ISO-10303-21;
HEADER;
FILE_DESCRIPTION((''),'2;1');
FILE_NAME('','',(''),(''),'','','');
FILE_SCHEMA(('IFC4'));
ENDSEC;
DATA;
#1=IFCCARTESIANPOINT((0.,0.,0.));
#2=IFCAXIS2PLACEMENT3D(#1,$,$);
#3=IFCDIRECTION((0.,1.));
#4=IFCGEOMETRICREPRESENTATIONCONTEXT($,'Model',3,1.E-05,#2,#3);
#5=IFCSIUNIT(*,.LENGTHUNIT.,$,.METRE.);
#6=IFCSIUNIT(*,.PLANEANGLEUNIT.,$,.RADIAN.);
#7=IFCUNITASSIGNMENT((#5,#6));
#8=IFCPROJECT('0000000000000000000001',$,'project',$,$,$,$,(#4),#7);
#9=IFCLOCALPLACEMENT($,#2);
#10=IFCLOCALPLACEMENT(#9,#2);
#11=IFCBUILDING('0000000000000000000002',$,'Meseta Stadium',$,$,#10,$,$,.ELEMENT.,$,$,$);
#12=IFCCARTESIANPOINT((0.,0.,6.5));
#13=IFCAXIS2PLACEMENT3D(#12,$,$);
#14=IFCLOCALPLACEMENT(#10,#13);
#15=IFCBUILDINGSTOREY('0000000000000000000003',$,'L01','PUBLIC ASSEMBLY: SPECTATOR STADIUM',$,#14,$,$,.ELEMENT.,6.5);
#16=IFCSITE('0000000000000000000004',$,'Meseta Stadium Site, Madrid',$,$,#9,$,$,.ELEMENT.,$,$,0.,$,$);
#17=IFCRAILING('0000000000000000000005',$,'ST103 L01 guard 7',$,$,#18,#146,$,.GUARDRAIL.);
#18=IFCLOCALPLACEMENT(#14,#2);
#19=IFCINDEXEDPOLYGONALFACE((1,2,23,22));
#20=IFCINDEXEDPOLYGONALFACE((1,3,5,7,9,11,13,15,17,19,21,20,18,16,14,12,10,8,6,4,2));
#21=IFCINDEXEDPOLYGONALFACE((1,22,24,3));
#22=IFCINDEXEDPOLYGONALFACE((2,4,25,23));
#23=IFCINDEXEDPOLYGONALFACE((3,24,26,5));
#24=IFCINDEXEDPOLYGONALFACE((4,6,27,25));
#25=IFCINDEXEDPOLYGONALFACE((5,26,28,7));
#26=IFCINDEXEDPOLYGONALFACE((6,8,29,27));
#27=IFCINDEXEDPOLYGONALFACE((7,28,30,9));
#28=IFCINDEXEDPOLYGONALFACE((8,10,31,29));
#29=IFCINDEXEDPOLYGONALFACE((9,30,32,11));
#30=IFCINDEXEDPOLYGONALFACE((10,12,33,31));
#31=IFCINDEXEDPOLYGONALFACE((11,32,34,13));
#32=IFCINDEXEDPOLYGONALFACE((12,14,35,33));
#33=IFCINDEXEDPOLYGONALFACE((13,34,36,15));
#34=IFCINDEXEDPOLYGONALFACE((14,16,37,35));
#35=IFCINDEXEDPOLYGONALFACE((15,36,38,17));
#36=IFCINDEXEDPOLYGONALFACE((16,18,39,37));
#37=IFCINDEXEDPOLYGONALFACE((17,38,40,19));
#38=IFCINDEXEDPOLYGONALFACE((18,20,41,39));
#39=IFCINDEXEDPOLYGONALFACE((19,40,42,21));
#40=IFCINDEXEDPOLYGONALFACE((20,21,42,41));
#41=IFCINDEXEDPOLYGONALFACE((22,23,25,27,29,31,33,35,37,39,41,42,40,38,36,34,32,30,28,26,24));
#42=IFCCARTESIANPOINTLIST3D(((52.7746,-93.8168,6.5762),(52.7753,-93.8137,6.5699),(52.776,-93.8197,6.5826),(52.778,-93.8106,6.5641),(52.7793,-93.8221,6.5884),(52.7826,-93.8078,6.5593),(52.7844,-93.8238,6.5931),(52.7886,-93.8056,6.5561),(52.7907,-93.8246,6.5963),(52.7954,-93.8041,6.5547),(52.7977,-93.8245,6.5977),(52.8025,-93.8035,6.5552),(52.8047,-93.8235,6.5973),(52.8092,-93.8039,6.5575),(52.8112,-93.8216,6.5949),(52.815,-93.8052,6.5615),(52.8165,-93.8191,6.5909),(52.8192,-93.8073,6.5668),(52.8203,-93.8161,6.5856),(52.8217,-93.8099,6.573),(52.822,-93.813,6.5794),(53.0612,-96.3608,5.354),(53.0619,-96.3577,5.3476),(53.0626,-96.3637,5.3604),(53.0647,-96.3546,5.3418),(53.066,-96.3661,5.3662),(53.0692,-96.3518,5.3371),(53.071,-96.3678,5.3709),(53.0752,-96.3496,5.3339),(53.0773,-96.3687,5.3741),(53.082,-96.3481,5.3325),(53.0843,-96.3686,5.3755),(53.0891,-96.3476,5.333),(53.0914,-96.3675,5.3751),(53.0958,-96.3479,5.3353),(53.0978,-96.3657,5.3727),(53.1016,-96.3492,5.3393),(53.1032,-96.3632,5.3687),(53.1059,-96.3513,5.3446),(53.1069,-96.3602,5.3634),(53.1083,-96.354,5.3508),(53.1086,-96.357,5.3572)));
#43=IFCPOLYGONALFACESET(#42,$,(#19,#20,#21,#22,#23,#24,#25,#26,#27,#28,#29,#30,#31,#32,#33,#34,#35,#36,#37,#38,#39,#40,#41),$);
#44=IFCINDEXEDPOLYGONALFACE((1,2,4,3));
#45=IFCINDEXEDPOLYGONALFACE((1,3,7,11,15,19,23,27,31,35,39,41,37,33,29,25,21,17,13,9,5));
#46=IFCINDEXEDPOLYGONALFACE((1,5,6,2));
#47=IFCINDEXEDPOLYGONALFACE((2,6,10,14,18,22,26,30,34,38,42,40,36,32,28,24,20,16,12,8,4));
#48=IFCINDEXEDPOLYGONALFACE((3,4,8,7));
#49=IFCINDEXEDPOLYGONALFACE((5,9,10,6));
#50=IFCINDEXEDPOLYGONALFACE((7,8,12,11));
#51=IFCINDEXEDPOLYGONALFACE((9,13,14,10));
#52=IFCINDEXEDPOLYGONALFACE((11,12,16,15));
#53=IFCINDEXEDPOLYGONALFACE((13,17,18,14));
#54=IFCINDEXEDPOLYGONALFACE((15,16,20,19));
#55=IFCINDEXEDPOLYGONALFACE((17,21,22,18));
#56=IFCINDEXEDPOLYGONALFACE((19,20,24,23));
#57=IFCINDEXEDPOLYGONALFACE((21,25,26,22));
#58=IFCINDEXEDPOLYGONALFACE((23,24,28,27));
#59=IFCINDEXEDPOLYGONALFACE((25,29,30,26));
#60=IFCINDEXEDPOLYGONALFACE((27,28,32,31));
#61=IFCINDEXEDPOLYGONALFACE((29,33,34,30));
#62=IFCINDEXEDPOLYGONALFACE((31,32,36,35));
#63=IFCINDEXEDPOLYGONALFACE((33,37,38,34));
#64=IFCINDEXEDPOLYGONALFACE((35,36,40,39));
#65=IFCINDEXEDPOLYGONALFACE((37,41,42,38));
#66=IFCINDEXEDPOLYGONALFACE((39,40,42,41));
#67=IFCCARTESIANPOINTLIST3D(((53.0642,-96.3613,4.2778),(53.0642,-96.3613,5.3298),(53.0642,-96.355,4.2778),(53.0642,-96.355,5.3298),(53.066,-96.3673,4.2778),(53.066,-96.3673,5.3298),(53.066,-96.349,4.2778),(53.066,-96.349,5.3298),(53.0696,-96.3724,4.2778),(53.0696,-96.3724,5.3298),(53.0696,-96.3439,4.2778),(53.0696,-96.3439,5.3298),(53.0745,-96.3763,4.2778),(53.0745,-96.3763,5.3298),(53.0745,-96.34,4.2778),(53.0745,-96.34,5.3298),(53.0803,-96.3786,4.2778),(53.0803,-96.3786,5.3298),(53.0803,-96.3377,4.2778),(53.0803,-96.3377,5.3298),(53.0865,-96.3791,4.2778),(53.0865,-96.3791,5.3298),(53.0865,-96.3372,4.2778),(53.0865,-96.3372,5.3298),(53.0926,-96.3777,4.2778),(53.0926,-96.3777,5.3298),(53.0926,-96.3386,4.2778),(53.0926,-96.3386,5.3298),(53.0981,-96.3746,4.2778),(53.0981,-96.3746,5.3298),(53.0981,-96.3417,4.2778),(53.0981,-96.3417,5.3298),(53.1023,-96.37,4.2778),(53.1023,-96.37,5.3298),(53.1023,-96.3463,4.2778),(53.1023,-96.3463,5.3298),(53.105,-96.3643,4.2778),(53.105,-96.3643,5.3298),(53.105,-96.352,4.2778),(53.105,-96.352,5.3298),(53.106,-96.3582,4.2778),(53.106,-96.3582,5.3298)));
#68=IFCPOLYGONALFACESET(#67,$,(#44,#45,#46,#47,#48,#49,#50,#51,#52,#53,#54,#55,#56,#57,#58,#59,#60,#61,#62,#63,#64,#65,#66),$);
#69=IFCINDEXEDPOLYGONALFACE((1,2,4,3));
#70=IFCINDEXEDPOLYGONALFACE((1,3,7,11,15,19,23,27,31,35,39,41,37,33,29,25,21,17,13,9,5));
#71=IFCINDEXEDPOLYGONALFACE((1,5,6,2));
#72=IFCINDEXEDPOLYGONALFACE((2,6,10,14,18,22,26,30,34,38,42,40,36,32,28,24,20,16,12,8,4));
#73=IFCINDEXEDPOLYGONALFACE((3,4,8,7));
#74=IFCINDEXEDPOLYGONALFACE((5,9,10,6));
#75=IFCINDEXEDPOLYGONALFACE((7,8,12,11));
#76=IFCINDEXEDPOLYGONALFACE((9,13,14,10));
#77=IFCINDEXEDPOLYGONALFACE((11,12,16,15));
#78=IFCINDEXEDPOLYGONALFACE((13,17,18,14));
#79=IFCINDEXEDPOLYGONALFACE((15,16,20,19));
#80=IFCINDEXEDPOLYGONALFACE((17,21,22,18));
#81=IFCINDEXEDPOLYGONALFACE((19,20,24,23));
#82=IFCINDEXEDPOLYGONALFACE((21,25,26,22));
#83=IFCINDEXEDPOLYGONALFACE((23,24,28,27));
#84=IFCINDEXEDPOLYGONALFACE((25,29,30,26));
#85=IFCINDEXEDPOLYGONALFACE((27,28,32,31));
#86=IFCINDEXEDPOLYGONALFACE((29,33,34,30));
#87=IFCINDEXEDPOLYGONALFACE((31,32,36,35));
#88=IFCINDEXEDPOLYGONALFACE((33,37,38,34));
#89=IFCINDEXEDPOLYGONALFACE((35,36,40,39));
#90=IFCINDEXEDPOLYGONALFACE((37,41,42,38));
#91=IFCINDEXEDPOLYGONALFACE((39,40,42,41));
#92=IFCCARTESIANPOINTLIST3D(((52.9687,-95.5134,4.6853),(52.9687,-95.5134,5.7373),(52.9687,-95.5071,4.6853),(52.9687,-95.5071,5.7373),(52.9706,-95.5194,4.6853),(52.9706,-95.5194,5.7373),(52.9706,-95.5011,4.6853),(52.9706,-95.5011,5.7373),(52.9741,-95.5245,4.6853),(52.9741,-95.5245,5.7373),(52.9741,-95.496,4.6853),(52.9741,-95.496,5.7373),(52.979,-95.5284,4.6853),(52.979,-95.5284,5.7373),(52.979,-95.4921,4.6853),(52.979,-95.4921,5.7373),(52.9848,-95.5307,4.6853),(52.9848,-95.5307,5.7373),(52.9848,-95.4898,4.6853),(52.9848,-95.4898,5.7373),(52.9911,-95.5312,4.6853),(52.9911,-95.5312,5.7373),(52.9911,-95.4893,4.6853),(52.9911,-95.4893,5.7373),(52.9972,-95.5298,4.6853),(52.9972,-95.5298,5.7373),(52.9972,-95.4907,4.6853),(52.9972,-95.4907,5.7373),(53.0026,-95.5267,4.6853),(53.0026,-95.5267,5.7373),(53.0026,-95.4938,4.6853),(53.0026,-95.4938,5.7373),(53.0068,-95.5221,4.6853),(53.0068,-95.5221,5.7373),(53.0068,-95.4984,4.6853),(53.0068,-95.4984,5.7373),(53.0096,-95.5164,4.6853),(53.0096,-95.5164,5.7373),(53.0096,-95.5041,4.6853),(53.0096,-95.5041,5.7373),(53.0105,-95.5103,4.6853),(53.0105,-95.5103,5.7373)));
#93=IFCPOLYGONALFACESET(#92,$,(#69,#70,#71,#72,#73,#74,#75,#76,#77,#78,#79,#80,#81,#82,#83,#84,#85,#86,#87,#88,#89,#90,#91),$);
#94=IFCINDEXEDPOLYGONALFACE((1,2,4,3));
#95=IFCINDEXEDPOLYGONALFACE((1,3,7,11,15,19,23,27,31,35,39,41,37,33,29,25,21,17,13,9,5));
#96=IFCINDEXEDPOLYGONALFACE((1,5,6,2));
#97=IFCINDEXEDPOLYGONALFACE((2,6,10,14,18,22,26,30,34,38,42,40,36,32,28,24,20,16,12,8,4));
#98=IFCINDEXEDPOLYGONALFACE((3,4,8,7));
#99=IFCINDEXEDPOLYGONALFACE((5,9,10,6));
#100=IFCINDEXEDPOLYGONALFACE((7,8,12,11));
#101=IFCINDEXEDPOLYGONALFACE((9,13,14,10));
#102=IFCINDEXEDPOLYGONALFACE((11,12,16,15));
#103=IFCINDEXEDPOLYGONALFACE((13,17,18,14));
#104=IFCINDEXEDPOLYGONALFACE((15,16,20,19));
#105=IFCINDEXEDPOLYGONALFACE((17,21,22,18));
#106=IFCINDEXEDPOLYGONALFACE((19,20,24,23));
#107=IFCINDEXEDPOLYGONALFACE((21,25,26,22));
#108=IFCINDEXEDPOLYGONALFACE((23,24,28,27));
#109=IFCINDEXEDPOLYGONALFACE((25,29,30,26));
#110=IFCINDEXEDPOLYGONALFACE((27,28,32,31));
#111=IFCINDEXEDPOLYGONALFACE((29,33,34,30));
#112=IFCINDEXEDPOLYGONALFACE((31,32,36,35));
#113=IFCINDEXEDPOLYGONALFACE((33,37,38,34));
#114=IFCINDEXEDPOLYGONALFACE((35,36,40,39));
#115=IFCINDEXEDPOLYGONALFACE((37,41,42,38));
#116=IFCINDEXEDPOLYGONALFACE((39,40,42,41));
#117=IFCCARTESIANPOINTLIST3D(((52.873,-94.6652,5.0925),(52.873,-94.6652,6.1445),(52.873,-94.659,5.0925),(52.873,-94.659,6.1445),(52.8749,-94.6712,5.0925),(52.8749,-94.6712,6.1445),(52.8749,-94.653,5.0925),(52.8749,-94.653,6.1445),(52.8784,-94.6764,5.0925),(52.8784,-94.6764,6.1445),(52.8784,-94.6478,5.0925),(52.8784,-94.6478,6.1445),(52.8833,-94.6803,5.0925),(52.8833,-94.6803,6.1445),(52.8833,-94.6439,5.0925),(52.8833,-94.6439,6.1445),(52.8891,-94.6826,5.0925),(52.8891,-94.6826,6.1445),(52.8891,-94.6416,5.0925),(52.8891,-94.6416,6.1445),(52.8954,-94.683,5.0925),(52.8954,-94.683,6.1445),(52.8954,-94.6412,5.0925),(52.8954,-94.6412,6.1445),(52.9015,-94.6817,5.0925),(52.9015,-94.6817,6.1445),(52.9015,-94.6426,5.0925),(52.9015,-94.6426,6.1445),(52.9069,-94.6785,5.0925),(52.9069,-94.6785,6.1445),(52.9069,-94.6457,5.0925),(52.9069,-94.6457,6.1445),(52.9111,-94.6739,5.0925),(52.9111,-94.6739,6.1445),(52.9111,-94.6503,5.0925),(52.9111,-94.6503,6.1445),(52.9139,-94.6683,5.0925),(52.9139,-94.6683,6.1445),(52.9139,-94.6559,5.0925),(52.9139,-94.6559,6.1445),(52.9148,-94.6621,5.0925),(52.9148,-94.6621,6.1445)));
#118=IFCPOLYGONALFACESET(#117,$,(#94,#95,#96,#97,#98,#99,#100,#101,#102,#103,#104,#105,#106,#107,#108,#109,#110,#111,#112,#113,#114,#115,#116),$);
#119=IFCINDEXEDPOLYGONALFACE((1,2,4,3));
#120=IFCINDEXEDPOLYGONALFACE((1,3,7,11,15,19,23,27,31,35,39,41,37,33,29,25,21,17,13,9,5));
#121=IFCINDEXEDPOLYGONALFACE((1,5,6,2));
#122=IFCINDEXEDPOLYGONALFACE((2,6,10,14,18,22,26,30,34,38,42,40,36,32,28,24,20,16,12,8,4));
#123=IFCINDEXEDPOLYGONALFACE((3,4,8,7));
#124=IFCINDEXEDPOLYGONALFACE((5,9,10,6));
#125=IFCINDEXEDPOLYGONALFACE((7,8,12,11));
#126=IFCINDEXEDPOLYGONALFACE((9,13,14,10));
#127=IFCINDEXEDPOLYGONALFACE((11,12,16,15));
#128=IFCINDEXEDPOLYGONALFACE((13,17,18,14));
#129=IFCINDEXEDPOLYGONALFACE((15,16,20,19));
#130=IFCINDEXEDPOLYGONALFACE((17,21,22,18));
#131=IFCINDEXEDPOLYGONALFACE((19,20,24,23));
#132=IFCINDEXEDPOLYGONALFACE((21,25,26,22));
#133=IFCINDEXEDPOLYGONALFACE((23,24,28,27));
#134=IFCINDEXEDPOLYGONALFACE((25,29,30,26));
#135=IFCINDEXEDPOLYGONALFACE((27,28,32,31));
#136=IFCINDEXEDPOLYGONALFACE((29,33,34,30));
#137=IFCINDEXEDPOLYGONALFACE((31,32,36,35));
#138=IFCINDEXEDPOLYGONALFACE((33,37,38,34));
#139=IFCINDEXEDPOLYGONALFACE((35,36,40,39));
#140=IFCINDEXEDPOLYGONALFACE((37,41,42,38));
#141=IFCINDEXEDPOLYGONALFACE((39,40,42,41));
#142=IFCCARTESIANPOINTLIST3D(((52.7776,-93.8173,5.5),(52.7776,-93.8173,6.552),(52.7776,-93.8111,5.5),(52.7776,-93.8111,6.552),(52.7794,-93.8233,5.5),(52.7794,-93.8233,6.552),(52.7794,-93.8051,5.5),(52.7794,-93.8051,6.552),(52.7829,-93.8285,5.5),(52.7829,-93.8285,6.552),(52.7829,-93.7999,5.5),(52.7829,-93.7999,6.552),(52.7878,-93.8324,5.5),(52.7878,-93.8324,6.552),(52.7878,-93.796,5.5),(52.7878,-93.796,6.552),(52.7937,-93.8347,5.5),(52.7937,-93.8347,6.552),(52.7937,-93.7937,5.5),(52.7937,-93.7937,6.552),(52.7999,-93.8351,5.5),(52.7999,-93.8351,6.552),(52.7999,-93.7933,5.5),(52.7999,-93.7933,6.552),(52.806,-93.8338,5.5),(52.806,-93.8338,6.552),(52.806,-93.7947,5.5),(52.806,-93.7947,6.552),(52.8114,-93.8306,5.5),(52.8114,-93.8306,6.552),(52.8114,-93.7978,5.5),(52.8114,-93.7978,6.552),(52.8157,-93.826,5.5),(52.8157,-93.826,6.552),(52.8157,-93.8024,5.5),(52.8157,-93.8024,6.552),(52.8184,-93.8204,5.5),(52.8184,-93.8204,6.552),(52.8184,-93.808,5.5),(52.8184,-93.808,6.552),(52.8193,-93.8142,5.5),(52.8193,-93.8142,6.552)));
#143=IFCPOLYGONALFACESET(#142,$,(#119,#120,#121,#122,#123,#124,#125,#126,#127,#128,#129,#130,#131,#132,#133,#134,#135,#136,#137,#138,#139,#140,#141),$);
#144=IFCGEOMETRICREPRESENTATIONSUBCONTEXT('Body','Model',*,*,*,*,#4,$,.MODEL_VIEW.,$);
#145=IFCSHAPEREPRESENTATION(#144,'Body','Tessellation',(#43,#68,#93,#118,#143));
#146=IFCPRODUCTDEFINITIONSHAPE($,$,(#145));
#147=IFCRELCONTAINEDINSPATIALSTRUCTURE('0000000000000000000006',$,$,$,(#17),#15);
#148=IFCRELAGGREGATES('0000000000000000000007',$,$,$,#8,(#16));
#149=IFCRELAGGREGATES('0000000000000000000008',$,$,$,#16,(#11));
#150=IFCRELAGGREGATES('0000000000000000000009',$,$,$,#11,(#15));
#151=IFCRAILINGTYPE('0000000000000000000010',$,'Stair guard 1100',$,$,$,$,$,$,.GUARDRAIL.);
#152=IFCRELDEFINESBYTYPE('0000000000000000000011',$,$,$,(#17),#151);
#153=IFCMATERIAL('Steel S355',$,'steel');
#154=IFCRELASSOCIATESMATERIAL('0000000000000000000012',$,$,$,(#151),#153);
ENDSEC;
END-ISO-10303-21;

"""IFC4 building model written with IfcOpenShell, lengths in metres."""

from ifc_helpers import new_model, si_unit, direction, frame, origin, origin_2d, place, context, subcontext, project, spatial, circle, extrude, material, type_object, element, save


model = new_model("IFC4")

# Units and contexts
model_context = context("Model", 3, precision=1e-05, world=origin(), true_north=direction((0.0, 1.0)))
body_context = subcontext(model_context, "Body", "Model", "MODEL_VIEW")
ifc_project = project(units=[si_unit("LENGTHUNIT", "METRE"), si_unit("PLANEANGLEUNIT", "RADIAN")], contexts=[model_context])

# Site, building, storey
site_placement = place(None, origin())
site = spatial("IfcSite", under=ifc_project, at=site_placement, Name="Meseta Stadium Site, Madrid", CompositionType="ELEMENT", RefElevation=0.0)
building_placement = place(site_placement, origin())
building = spatial("IfcBuilding", under=site, at=building_placement, Name="Meseta Stadium", CompositionType="ELEMENT")
storey_placement = place(building_placement, frame((0.0, 0.0, 6.5)))
storey = spatial("IfcBuildingStorey", under=building, at=storey_placement, Name="L01", Description="PUBLIC ASSEMBLY: SPECTATOR STADIUM", CompositionType="ELEMENT", Elevation=6.5)

# Railing
ifc_material_1 = material(Name="Steel S355", Category="steel")
railing_type_1 = type_object("IfcRailingType", Name="Stair guard 1100", PredefinedType="GUARDRAIL", material=ifc_material_1)
railing_1_placement = place(storey_placement, frame((53.085, -96.3582, 4.2778)))
element("IfcRailing", 1, at=railing_1_placement, inside=storey, type_object=railing_type_1, Name="ST103 L01 guard 7", PredefinedType="GUARDRAIL", context=body_context, shape_type="SweptSolid", body=[
    extrude(circle(Radius=0.0239, at=origin_2d()), frame((0.0, 0.0, 1.0762), z_axis=(-0.101036, 0.896762, 0.430824), x_axis=(-0.993713, -0.11196, 0.0)), (0.0, 0.0, 1.0), 2.8369),
    extrude(circle(Radius=0.021, at=origin_2d()), origin(), (0.0, 0.0, 1.0), 1.052),
    extrude(circle(Radius=0.021, at=origin_2d()), frame((-0.0955, 0.8479, 0.4075)), (0.0, 0.0, 1.0), 1.052),
    extrude(circle(Radius=0.021, at=origin_2d()), frame((-0.1912, 1.696, 0.8147)), (0.0, 0.0, 1.0), 1.052),
    extrude(circle(Radius=0.021, at=origin_2d()), frame((-0.2866, 2.5439, 1.2222)), (0.0, 0.0, 1.0), 1.052),
])

save(model, "model.ifc")
